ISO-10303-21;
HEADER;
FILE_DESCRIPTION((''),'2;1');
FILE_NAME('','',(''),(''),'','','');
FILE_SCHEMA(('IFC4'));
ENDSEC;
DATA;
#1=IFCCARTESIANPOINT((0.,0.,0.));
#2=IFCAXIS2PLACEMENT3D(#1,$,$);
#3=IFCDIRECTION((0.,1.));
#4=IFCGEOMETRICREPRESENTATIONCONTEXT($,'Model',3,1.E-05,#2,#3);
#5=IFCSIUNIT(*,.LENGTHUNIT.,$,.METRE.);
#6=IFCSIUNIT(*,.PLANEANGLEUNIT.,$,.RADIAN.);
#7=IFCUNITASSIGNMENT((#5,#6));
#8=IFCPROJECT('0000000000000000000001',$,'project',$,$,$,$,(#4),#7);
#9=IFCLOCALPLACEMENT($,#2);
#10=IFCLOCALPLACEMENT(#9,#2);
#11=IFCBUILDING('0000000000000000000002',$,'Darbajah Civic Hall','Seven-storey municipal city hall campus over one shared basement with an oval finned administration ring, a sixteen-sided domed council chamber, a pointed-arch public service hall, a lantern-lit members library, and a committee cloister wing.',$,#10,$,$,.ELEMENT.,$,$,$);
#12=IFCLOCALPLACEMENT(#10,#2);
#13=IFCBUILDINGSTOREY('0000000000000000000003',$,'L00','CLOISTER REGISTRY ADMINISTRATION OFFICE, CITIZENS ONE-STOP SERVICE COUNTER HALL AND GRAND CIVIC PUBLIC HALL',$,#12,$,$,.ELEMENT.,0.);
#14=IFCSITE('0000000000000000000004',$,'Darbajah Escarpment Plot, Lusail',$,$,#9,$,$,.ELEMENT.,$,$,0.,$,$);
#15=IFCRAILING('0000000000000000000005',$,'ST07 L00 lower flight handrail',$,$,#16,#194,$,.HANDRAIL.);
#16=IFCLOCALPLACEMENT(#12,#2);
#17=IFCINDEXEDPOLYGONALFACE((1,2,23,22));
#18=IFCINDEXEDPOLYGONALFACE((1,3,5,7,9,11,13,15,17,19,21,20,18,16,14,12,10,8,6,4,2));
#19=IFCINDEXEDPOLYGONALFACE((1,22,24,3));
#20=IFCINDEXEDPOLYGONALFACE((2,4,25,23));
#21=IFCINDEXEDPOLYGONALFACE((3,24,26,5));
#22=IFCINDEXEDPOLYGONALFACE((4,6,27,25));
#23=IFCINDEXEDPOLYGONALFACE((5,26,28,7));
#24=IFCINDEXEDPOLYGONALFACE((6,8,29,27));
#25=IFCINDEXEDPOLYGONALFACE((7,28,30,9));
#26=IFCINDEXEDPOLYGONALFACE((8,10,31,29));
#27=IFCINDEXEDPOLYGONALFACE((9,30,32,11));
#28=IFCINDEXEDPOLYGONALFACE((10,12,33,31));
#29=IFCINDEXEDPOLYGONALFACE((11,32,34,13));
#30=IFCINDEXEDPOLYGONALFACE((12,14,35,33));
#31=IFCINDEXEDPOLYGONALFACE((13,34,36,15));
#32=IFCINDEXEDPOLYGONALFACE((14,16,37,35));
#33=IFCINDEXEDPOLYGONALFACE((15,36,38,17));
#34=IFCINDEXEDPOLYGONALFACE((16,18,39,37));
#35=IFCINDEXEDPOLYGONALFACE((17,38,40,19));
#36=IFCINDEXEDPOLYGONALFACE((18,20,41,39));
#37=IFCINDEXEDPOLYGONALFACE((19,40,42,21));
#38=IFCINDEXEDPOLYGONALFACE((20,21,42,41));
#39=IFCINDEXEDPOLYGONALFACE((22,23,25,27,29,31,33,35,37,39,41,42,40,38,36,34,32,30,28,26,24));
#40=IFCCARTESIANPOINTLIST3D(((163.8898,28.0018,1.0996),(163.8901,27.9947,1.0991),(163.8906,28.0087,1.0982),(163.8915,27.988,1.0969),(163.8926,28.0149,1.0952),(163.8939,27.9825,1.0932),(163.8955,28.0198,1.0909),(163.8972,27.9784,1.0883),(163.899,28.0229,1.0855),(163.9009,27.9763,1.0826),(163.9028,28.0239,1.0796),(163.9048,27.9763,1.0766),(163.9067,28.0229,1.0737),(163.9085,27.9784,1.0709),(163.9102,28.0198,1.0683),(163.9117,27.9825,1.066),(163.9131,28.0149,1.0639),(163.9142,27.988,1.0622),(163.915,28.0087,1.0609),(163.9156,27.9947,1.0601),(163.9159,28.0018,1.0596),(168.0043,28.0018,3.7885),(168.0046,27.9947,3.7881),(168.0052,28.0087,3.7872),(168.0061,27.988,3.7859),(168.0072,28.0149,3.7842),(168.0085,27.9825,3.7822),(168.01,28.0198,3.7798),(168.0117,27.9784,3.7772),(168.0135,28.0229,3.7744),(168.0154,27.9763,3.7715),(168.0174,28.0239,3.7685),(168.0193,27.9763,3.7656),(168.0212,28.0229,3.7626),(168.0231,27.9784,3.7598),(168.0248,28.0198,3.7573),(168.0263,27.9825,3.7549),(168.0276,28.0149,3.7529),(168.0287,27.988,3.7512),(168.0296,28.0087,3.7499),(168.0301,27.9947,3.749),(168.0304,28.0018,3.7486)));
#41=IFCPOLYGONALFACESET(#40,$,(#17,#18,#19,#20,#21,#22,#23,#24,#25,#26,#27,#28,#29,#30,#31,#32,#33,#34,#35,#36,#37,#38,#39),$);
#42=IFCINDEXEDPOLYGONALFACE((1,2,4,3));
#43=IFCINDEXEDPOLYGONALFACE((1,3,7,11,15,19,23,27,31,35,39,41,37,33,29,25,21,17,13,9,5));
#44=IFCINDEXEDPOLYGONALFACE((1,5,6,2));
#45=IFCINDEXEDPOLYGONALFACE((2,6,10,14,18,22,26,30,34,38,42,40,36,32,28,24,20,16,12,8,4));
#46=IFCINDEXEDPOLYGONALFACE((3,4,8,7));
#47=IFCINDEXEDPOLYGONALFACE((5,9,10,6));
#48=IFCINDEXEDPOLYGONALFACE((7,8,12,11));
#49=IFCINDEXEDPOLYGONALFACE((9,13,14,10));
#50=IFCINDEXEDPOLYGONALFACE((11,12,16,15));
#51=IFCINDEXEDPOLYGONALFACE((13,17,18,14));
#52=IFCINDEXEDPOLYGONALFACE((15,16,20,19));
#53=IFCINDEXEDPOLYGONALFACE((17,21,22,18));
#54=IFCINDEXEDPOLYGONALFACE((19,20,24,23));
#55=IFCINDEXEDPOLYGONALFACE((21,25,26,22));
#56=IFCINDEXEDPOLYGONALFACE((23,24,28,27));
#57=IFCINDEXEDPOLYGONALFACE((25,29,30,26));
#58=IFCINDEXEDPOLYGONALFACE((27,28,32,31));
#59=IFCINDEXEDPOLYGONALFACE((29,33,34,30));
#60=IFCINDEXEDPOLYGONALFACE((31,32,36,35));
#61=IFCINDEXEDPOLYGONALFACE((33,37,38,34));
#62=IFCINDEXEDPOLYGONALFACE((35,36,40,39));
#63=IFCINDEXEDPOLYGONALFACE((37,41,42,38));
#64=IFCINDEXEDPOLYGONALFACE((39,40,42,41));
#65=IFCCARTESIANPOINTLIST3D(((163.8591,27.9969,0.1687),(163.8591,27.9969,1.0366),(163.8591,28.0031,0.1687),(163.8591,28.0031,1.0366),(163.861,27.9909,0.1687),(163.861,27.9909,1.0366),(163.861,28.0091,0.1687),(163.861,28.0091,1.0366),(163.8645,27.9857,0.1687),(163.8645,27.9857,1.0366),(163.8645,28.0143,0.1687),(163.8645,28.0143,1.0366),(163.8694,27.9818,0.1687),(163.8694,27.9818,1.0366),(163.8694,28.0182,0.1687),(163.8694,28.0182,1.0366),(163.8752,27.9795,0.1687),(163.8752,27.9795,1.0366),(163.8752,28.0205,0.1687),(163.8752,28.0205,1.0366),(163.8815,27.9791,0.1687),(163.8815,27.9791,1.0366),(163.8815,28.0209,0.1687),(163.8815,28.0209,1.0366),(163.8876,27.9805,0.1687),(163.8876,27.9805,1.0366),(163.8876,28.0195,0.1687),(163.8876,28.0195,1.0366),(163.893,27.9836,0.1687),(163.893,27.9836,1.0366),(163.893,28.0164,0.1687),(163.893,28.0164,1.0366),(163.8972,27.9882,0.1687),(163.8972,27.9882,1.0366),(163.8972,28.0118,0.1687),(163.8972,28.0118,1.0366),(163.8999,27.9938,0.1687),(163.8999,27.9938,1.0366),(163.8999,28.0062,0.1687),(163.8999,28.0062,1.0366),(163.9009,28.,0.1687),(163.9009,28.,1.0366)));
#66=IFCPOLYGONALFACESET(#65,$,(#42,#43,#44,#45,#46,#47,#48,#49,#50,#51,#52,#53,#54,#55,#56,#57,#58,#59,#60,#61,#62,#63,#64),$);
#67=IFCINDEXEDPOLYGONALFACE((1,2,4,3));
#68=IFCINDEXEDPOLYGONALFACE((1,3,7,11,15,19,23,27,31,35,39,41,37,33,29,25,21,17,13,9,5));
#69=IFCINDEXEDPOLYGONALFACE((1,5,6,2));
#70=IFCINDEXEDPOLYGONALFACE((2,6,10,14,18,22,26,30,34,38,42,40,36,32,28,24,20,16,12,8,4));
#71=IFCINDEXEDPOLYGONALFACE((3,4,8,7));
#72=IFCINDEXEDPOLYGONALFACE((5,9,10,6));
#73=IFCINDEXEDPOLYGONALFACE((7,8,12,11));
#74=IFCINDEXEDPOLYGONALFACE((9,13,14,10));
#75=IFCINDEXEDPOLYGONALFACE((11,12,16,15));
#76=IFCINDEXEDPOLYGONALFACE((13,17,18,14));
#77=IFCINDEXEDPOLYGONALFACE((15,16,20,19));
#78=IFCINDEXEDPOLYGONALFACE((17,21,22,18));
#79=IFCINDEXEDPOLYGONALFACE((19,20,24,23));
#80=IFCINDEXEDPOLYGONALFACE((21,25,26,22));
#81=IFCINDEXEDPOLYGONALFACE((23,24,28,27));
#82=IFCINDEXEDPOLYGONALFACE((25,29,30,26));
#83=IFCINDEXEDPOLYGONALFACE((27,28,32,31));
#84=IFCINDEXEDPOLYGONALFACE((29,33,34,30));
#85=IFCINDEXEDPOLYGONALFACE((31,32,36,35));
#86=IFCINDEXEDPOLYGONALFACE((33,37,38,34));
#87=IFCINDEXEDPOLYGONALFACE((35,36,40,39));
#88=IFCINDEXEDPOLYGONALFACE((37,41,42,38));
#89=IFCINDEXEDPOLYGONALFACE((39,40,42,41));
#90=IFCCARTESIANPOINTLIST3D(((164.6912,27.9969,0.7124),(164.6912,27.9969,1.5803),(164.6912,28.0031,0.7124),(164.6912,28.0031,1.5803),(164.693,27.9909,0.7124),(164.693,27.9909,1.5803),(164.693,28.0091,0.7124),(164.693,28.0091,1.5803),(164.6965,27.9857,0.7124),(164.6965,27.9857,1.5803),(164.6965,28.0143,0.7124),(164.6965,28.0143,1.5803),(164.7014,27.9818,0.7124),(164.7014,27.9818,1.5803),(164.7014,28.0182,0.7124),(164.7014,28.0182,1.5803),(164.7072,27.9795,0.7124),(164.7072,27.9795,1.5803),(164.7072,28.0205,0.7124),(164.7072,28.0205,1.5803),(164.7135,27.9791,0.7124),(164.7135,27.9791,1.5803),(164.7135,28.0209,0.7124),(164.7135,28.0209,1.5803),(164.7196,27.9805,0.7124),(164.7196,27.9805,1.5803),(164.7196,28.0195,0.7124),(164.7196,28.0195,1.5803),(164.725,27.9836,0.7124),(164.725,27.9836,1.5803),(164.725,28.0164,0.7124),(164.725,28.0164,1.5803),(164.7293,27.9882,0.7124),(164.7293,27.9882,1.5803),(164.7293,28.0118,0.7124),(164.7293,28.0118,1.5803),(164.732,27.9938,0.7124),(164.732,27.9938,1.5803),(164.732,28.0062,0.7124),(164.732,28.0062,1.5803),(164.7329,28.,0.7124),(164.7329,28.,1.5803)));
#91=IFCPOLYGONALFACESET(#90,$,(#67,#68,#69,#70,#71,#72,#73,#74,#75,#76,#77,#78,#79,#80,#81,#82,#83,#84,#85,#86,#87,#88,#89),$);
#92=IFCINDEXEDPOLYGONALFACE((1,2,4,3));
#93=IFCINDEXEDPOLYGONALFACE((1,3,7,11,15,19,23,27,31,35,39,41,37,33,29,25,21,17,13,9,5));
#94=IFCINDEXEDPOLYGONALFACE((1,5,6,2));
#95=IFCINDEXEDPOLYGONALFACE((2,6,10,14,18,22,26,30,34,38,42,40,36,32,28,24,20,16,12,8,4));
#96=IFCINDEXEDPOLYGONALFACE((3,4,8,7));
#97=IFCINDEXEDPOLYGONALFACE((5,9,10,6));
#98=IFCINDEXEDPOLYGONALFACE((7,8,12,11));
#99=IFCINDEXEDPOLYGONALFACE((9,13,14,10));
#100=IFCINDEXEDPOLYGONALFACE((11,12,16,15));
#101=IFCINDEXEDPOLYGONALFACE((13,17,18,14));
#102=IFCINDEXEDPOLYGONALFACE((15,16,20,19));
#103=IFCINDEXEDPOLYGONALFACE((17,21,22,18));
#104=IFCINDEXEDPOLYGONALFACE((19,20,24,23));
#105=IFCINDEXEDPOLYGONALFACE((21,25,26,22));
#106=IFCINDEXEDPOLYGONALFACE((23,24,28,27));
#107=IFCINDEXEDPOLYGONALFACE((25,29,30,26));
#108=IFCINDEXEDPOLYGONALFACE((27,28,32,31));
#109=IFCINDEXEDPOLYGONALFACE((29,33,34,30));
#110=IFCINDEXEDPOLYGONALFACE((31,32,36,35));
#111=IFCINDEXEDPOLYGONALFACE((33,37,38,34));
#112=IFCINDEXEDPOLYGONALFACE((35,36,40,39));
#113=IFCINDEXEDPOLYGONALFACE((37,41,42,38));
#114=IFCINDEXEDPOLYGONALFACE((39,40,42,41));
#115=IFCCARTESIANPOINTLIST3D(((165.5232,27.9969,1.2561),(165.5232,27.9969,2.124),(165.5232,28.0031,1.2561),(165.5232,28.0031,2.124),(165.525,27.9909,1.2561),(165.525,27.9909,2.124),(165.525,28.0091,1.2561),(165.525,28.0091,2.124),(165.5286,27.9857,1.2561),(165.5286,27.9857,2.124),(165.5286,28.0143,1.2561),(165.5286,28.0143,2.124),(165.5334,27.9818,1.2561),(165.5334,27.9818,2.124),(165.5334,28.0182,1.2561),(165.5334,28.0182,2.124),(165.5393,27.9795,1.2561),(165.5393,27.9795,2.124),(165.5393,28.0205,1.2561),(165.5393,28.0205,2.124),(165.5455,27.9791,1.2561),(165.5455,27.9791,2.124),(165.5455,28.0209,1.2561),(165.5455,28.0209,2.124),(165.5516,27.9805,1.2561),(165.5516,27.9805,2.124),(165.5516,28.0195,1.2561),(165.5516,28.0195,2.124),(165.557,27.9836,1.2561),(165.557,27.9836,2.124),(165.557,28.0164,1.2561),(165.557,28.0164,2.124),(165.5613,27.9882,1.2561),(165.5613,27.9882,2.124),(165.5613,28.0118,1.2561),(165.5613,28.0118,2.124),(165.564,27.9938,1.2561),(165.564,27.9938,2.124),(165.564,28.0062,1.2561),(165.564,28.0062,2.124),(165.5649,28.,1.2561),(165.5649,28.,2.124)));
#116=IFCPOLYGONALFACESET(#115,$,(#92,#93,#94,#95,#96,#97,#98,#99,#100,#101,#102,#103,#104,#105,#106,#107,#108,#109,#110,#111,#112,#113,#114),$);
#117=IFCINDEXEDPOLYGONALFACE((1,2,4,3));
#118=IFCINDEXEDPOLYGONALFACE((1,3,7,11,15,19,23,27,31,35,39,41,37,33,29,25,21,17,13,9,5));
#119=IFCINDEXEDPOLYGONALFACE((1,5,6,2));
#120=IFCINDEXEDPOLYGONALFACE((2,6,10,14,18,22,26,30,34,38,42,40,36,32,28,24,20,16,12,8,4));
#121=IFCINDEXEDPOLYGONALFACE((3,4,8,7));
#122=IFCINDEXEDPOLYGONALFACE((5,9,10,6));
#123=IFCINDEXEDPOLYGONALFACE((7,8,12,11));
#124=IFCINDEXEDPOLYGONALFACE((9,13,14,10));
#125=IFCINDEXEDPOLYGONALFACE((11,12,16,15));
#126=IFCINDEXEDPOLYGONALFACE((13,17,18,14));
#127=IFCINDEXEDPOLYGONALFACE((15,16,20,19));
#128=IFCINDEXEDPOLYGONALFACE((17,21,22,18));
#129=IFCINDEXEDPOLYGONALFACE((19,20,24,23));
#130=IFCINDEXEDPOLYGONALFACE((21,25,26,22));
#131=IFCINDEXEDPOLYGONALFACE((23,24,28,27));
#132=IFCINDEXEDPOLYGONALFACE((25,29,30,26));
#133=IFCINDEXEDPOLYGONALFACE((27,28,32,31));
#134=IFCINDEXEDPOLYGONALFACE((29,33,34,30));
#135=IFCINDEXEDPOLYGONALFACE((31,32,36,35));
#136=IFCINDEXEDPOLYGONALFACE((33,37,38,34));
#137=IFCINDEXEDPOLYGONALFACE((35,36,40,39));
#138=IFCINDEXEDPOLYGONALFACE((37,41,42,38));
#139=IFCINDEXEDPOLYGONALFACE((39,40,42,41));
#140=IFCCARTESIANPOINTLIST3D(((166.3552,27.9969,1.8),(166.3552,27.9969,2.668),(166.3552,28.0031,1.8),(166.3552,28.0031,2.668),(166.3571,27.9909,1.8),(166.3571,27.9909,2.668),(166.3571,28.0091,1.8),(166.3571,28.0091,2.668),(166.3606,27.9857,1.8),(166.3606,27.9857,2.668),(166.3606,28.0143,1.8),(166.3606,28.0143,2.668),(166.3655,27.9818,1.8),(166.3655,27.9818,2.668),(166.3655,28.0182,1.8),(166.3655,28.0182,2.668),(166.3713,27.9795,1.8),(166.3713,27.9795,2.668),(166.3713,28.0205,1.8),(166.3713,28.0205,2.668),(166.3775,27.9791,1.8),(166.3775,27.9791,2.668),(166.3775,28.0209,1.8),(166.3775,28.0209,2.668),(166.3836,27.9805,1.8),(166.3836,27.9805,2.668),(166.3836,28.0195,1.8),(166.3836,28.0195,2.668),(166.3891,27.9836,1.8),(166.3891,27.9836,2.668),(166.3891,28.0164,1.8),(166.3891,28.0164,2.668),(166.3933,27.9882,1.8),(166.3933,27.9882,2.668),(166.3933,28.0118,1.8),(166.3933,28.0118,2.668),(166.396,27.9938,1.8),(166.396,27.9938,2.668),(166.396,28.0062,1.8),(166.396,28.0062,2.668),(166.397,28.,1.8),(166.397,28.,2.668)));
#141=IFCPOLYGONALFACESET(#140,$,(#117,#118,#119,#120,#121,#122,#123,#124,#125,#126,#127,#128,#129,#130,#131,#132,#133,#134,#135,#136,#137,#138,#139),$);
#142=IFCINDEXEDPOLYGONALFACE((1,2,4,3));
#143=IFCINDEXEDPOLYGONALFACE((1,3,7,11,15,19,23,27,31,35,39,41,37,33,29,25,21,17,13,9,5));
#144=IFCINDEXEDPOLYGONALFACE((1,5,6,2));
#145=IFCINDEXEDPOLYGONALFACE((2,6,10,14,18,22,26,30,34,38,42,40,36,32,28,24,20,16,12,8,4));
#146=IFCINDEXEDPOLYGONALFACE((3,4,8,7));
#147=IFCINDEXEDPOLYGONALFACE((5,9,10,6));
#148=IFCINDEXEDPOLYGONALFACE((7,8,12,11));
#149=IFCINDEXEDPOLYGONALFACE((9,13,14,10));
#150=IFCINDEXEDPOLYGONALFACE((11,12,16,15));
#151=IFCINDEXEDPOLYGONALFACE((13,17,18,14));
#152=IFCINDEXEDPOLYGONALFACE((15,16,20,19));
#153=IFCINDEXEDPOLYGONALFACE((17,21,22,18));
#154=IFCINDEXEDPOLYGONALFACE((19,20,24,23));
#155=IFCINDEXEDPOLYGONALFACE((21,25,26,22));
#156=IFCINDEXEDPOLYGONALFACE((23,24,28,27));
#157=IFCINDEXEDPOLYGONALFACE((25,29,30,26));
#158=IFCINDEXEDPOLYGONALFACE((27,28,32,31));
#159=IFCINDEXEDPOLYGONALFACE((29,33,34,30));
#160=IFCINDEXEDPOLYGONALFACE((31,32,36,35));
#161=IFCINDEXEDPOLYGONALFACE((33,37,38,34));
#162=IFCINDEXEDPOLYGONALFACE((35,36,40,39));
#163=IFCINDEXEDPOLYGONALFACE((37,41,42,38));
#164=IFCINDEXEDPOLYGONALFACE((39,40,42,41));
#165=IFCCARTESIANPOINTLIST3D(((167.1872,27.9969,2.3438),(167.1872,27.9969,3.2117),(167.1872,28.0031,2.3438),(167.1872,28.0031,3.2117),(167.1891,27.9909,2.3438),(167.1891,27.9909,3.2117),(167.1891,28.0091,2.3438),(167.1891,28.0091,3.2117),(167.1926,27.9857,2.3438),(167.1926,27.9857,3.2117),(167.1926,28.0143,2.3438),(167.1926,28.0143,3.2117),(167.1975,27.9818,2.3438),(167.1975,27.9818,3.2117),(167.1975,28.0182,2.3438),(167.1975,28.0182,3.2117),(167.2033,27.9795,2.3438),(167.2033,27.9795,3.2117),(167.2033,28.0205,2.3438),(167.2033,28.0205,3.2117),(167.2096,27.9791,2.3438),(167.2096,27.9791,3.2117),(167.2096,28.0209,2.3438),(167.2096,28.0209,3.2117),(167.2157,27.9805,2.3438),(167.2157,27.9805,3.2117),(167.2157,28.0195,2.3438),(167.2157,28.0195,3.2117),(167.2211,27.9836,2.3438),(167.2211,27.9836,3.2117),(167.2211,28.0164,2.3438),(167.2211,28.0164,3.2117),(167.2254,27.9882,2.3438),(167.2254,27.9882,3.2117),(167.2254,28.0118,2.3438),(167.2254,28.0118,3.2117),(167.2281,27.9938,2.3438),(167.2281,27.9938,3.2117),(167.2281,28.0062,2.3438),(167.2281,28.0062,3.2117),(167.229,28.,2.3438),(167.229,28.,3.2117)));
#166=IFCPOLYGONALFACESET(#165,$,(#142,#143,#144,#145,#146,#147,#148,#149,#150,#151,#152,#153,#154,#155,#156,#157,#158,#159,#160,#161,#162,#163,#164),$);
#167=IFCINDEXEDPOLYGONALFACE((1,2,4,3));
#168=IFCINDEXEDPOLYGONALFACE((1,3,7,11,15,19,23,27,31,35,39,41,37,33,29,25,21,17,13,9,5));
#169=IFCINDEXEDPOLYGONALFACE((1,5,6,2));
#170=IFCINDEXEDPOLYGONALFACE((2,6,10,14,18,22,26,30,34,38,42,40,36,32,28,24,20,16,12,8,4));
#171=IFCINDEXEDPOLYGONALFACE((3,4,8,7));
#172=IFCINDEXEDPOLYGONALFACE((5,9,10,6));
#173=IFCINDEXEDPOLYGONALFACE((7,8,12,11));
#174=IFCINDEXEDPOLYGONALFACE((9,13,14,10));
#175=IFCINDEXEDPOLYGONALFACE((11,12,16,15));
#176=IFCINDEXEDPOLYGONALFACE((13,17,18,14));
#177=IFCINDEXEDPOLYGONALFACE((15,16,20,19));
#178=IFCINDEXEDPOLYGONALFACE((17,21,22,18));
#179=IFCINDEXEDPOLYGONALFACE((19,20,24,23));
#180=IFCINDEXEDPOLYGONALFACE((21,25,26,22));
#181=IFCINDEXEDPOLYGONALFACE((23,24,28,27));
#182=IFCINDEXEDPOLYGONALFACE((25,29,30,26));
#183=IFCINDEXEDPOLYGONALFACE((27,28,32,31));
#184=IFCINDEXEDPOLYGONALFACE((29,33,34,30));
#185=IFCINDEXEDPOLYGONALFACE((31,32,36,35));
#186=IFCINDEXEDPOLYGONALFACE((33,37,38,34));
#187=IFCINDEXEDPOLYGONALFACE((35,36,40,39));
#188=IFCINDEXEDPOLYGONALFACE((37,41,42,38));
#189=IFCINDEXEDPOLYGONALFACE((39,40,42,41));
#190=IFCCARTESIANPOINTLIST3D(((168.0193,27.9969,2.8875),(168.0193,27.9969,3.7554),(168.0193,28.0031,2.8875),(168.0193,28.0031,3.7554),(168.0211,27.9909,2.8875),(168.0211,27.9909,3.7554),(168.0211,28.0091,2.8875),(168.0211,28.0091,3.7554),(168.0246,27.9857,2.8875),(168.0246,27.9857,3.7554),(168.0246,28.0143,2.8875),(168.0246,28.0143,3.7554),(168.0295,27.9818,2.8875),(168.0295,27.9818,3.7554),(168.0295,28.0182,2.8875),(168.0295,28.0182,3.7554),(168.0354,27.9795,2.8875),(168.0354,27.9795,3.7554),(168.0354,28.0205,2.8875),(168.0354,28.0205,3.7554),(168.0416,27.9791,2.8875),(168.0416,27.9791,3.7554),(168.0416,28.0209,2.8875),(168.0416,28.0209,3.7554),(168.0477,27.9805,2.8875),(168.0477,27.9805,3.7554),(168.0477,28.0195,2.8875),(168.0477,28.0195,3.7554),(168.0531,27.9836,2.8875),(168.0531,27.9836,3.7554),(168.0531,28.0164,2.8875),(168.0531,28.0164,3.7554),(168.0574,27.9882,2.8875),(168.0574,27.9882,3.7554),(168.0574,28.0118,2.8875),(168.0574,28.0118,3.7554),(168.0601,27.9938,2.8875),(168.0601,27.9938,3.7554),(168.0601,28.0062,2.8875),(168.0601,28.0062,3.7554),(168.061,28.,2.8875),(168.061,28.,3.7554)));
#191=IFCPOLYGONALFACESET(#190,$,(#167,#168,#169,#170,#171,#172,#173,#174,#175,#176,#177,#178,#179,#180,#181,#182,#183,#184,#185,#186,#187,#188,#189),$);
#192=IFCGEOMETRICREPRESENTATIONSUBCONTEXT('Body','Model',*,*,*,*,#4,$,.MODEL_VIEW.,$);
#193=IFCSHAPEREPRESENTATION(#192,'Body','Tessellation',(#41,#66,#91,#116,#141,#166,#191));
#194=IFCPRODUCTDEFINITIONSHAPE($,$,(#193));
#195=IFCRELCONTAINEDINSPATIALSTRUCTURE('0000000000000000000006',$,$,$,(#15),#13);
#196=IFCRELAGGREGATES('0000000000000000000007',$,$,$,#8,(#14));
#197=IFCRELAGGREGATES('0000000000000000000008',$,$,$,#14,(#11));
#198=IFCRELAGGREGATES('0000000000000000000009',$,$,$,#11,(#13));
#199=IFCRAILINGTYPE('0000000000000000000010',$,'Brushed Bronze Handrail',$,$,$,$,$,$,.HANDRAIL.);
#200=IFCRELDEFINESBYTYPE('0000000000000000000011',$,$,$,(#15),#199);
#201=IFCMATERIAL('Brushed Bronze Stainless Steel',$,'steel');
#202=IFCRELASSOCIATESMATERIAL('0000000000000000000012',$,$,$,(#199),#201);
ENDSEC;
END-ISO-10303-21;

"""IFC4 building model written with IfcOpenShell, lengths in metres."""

from ifc_helpers import new_model, si_unit, direction, frame, origin, origin_2d, place, context, subcontext, project, spatial, circle, extrude, material, type_object, element, save


model = new_model("IFC4")

# Units and contexts
model_context = context("Model", 3, precision=1e-05, world=origin(), true_north=direction((0.0, 1.0)))
body_context = subcontext(model_context, "Body", "Model", "MODEL_VIEW")
ifc_project = project(units=[si_unit("LENGTHUNIT", "METRE"), si_unit("PLANEANGLEUNIT", "RADIAN")], contexts=[model_context])

# Site, building, storey
site_placement = place(None, origin())
site = spatial("IfcSite", under=ifc_project, at=site_placement, Name="Darbajah Escarpment Plot, Lusail", CompositionType="ELEMENT", RefElevation=0.0)
building_placement = place(site_placement, origin())
building = spatial("IfcBuilding", under=site, at=building_placement, Name="Darbajah Civic Hall", Description="Seven-storey municipal city hall campus over one shared basement with an oval finned administration ring, a sixteen-sided domed council chamber, a pointed-arch public service hall, a lantern-lit members library, and a committee cloister wing.", CompositionType="ELEMENT")
storey_placement = place(building_placement, origin())
storey = spatial("IfcBuildingStorey", under=building, at=storey_placement, Name="L00", Description="CLOISTER REGISTRY ADMINISTRATION OFFICE, CITIZENS ONE-STOP SERVICE COUNTER HALL AND GRAND CIVIC PUBLIC HALL", CompositionType="ELEMENT", Elevation=0.0)

# Railing
ifc_material_1 = material(Name="Brushed Bronze Stainless Steel", Category="steel")
railing_type_1 = type_object("IfcRailingType", Name="Brushed Bronze Handrail", PredefinedType="HANDRAIL", material=ifc_material_1)
railing_1_placement = place(storey_placement, frame((163.8799, 28.0, 0.1687)))
element("IfcRailing", 1, at=railing_1_placement, inside=storey, type_object=railing_type_1, Name="ST07 L00 lower flight handrail", PredefinedType="HANDRAIL", context=body_context, shape_type="SweptSolid", body=[
    extrude(circle(Radius=0.0239, at=origin_2d()), frame((0.0229, 0.0, 0.9109), z_axis=(0.837094, 0.0, 0.547059), x_axis=(0.0, 1.0, 0.0)), (0.0, 0.0, 1.0), 4.9153),
    extrude(circle(Radius=0.021, at=origin_2d()), origin(), (0.0, 0.0, 1.0), 0.8679),
    extrude(circle(Radius=0.021, at=origin_2d()), frame((0.832, 0.0, 0.5437)), (0.0, 0.0, 1.0), 0.8679),
    extrude(circle(Radius=0.021, at=origin_2d()), frame((1.6641, 0.0, 1.0874)), (0.0, 0.0, 1.0), 0.8679),
    extrude(circle(Radius=0.021, at=origin_2d()), frame((2.4961, 0.0, 1.6313)), (0.0, 0.0, 1.0), 0.8679),
    extrude(circle(Radius=0.021, at=origin_2d()), frame((3.3281, 0.0, 2.175)), (0.0, 0.0, 1.0), 0.8679),
    extrude(circle(Radius=0.021, at=origin_2d()), frame((4.1602, 0.0, 2.7188)), (0.0, 0.0, 1.0), 0.8679),
])

save(model, "model.ifc")
